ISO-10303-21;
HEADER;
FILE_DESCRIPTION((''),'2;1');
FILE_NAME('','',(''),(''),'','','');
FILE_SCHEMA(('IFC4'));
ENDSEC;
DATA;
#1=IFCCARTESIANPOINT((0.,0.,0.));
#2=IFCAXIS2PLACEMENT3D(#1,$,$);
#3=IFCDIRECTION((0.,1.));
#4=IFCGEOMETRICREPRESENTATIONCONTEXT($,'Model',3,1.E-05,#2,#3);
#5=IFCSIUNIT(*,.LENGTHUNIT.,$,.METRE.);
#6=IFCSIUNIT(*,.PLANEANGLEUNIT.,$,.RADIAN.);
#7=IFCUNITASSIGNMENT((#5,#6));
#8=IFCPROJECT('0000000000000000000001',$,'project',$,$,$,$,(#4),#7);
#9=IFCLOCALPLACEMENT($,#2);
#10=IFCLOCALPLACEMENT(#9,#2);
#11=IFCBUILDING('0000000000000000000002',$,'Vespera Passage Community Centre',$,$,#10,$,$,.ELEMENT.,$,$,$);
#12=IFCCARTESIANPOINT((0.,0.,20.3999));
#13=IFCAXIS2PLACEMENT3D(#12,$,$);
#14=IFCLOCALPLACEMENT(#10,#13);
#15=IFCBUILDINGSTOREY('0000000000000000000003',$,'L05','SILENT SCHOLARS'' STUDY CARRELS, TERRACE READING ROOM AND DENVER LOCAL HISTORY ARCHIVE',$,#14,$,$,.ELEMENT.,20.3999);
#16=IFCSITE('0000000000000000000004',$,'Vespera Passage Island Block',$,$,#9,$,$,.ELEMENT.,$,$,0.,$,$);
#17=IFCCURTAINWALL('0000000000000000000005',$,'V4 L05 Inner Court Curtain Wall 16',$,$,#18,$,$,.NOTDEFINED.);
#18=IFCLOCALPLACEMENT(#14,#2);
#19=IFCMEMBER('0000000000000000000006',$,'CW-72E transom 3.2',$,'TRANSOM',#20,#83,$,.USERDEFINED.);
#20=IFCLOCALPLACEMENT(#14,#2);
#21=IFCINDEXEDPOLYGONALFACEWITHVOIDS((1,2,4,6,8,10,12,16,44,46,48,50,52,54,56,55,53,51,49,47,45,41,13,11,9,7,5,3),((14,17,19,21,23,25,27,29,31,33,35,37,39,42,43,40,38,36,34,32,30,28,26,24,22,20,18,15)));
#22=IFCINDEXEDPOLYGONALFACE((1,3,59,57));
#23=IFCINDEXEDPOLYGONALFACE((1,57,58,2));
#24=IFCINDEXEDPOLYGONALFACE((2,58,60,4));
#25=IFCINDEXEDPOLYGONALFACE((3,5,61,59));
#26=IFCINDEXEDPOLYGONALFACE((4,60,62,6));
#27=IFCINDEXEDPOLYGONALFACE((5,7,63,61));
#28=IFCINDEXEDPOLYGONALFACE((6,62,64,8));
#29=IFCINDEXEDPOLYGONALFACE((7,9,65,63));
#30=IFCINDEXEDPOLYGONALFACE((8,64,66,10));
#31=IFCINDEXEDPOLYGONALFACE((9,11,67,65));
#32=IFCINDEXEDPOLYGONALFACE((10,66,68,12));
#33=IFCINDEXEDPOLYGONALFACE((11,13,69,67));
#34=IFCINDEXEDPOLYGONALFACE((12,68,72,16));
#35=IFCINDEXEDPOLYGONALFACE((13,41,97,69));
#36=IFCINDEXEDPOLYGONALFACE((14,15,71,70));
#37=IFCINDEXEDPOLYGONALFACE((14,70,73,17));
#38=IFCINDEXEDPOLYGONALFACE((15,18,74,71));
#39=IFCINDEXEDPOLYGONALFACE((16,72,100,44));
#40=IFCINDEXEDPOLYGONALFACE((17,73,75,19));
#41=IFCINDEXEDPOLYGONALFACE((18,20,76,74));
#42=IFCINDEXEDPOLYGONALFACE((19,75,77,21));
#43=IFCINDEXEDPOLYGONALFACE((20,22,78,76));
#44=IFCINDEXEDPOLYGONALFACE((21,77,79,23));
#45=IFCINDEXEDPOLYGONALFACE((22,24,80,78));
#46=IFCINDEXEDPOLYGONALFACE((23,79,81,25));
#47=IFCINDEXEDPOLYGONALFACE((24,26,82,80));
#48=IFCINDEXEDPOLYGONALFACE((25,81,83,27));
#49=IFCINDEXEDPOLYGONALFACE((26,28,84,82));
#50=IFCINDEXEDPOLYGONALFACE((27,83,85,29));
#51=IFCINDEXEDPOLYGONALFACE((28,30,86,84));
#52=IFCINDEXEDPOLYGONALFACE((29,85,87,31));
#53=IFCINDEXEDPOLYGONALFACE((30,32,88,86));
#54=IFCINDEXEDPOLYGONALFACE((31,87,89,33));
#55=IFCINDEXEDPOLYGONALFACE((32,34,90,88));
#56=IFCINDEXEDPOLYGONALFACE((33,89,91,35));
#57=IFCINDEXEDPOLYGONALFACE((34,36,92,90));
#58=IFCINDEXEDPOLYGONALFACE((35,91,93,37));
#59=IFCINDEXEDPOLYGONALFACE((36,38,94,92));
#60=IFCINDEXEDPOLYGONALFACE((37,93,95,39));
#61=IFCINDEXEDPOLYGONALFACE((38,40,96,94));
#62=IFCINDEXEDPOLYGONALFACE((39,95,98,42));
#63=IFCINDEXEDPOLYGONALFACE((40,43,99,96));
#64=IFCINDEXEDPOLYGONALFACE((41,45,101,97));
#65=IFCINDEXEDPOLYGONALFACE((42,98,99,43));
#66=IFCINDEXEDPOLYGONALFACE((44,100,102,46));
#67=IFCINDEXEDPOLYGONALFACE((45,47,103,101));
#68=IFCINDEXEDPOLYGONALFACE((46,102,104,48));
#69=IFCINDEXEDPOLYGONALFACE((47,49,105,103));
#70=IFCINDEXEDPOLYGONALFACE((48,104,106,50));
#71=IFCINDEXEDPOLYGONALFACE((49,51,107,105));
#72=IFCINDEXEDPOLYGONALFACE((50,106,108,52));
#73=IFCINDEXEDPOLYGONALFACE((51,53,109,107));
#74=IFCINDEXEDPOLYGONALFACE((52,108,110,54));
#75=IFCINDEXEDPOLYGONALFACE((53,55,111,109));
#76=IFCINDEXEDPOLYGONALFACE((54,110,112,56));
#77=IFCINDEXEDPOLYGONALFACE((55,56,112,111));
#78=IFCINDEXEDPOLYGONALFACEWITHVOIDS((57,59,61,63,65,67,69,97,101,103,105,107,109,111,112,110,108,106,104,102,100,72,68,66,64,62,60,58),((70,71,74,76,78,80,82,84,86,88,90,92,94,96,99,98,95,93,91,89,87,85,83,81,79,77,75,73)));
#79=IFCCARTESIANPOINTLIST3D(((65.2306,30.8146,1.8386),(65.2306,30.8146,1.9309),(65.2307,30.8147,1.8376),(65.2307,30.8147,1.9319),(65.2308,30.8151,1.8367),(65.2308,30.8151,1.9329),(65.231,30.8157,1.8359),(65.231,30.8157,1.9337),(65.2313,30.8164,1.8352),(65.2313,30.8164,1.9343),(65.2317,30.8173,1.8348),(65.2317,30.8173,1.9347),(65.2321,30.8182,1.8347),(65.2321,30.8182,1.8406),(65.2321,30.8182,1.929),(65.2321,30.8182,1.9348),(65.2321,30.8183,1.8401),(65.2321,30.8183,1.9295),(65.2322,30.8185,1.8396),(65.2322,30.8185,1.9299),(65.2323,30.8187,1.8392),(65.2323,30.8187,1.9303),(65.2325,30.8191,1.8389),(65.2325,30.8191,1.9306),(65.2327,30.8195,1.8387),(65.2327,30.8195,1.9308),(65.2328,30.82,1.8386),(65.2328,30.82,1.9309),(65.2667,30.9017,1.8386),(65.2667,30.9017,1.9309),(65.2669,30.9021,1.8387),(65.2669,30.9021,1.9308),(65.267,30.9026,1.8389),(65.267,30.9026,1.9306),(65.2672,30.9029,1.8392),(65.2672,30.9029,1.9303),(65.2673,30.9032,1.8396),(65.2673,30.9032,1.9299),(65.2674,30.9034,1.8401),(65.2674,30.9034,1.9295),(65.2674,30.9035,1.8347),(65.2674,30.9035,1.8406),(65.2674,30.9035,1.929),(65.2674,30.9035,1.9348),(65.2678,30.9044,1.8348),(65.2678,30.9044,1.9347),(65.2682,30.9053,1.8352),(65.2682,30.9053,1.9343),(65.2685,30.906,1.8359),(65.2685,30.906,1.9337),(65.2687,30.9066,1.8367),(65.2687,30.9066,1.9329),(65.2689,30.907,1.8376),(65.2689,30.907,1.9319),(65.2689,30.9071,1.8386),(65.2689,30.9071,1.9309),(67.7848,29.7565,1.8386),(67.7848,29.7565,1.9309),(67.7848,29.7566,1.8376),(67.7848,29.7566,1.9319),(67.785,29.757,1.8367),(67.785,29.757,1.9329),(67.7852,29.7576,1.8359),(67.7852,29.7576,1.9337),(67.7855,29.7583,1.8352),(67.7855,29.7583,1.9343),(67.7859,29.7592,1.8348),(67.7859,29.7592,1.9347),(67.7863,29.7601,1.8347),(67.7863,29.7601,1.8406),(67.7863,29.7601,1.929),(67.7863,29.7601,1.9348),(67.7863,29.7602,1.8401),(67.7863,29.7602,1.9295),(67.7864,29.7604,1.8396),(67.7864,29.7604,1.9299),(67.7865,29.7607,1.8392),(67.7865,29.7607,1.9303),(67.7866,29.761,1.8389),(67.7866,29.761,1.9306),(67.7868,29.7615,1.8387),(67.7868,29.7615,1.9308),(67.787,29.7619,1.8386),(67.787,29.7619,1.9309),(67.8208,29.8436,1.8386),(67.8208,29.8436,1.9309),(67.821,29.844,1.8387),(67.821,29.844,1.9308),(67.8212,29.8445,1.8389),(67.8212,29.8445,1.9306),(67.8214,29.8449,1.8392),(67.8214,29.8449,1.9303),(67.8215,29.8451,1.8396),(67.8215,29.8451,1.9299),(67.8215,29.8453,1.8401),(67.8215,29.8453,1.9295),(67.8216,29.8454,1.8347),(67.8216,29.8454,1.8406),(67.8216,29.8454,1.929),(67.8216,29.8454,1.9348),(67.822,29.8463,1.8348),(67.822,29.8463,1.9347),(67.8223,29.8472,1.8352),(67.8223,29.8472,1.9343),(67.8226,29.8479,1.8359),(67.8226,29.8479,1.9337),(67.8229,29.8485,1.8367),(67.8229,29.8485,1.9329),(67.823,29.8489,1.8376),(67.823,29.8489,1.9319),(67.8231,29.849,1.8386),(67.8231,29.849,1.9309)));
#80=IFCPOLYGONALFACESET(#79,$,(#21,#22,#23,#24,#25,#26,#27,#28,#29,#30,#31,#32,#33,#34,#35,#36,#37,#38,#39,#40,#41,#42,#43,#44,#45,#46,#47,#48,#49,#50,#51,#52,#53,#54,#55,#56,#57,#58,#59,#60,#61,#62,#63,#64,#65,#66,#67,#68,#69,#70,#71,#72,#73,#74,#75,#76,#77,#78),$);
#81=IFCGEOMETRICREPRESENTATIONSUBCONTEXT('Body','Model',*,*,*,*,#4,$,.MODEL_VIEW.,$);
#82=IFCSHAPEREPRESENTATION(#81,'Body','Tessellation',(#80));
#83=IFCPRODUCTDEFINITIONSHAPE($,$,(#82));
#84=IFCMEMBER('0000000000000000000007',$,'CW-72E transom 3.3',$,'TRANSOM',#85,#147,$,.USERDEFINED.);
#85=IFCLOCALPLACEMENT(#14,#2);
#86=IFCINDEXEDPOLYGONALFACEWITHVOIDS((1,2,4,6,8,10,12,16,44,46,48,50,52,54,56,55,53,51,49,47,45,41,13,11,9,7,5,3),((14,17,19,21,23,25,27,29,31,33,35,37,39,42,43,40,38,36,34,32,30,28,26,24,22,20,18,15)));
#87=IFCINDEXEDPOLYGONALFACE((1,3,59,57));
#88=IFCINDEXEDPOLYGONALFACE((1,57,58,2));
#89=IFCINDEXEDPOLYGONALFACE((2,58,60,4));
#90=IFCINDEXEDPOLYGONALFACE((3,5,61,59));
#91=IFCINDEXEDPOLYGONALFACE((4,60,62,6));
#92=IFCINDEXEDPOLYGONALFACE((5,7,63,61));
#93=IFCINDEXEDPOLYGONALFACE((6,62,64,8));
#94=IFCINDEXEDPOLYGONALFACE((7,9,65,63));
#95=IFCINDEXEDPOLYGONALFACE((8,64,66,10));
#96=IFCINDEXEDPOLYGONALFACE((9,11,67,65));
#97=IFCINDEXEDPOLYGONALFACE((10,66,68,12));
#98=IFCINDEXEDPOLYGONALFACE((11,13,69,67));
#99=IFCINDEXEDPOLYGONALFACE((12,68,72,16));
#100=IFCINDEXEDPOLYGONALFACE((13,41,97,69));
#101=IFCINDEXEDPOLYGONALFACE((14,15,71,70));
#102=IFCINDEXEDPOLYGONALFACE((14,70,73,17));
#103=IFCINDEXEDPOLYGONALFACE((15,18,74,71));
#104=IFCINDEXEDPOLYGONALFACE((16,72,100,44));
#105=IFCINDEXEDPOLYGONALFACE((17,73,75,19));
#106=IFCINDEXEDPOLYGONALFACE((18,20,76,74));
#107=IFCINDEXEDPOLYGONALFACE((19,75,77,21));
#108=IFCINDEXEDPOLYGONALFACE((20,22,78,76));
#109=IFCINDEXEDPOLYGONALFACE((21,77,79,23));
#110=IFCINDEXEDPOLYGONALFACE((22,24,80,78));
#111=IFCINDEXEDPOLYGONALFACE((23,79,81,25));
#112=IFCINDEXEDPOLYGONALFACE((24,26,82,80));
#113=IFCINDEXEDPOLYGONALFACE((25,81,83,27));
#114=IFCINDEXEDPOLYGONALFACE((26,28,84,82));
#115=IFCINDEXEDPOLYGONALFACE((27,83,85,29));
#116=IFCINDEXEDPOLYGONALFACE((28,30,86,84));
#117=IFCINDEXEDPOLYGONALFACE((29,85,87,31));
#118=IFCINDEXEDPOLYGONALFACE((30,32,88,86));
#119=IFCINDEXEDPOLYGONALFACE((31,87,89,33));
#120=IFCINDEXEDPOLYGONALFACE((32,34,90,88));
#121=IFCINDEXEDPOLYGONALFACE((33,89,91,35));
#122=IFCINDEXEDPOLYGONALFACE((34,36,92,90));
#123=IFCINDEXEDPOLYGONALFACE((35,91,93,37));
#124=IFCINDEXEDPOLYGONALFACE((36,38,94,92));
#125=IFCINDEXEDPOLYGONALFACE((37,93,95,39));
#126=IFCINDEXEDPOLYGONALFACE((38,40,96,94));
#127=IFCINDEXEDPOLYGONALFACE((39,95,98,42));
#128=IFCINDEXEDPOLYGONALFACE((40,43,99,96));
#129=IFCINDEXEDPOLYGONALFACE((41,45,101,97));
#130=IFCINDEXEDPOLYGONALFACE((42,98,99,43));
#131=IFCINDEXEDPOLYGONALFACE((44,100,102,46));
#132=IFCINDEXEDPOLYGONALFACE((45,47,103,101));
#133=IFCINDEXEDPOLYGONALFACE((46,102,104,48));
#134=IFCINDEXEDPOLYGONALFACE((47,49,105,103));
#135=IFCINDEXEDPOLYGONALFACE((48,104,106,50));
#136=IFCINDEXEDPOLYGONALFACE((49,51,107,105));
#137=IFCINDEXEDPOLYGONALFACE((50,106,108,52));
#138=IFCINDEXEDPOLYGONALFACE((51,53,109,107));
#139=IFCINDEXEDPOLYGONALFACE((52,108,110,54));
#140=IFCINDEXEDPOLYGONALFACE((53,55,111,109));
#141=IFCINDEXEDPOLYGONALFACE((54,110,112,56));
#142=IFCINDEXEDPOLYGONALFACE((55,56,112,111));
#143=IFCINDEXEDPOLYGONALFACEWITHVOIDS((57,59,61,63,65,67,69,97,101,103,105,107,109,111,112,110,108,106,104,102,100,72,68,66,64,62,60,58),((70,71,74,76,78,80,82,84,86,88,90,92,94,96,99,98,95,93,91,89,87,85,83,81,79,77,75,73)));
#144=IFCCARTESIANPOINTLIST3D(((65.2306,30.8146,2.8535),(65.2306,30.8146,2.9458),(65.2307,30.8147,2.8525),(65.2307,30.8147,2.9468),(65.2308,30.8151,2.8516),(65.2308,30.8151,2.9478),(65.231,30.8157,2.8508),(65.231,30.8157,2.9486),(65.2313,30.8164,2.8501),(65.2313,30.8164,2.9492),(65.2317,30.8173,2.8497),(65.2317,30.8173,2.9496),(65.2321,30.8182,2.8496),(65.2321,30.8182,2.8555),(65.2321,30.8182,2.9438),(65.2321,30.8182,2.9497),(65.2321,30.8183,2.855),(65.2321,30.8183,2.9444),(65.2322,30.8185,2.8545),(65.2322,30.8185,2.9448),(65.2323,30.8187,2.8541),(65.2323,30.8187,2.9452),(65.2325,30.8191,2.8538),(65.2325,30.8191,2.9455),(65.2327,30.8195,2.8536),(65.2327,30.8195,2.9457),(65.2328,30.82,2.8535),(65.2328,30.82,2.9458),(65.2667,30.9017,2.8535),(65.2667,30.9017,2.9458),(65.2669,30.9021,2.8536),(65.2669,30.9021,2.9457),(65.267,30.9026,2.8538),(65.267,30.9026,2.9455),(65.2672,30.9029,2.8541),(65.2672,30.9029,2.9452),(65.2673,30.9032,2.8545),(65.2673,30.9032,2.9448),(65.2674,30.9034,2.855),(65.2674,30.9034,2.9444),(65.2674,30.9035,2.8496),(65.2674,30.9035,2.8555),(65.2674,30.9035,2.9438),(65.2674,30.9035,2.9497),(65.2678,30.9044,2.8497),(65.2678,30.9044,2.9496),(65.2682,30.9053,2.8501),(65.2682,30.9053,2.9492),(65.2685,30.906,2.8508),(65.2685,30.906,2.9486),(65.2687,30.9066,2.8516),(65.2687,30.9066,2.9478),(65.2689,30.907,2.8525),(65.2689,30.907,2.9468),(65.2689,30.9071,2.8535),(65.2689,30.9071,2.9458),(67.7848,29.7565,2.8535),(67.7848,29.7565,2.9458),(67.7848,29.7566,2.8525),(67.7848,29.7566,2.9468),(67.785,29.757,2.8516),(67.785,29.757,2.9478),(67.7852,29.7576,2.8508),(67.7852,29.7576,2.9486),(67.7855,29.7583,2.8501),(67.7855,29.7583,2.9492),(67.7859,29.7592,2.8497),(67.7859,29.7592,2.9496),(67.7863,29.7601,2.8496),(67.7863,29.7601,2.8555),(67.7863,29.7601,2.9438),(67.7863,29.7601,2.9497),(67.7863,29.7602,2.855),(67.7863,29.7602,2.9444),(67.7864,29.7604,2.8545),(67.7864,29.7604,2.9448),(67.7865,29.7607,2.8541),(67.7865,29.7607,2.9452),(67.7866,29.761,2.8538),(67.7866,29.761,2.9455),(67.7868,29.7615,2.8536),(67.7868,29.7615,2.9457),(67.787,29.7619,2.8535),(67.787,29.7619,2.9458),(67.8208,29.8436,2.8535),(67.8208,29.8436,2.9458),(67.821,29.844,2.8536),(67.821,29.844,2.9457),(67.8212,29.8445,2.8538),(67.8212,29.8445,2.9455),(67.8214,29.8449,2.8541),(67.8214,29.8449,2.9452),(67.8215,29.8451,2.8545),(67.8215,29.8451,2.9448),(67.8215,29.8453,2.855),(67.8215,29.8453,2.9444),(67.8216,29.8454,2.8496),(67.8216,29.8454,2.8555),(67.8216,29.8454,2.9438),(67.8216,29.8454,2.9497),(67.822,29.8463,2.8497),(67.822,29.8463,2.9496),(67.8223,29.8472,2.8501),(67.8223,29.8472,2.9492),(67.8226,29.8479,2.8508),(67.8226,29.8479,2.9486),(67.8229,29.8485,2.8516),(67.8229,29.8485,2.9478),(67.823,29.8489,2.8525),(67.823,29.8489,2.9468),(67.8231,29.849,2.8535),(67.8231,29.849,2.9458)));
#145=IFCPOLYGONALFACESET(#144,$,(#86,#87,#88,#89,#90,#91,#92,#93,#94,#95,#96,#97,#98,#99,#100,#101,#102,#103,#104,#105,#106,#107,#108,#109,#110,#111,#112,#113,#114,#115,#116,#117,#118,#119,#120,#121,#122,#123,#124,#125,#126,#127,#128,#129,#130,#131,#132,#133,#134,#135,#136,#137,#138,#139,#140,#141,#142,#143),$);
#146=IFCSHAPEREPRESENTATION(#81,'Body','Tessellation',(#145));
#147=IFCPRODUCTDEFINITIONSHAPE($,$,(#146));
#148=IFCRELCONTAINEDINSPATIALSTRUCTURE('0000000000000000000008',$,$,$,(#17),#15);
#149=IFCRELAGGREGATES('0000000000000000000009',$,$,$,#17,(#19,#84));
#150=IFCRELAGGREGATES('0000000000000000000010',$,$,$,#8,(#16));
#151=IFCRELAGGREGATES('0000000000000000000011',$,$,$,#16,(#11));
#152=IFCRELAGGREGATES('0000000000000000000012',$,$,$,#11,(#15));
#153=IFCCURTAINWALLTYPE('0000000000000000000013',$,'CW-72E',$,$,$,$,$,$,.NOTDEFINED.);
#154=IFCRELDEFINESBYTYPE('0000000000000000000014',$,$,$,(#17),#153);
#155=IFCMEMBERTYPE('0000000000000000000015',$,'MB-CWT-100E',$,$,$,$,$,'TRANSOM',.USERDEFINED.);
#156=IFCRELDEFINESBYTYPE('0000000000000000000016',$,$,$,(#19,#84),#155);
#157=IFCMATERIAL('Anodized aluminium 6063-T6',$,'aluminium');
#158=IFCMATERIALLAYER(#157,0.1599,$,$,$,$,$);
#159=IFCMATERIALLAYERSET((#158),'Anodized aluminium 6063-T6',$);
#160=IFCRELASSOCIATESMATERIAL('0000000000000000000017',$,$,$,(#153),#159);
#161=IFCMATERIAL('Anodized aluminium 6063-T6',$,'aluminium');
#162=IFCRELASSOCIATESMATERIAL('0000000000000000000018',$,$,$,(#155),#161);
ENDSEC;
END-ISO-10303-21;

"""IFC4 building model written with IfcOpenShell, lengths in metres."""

from ifc_helpers import new_model, si_unit, direction, frame, origin, origin_2d, place, context, subcontext, project, spatial, hollow_rectangle, extrude, material, layer, layer_set, material_profile, profile_set, type_object, element, aggregate, save


model = new_model("IFC4")

# Units and contexts
model_context = context("Model", 3, precision=1e-05, world=origin(), true_north=direction((0.0, 1.0)))
body_context = subcontext(model_context, "Body", "Model", "MODEL_VIEW")
ifc_project = project(units=[si_unit("LENGTHUNIT", "METRE"), si_unit("PLANEANGLEUNIT", "RADIAN")], contexts=[model_context])

# Site, building, storey
site_placement = place(None, origin())
site = spatial("IfcSite", under=ifc_project, at=site_placement, Name="Vespera Passage Island Block", CompositionType="ELEMENT", RefElevation=0.0)
building_placement = place(site_placement, origin())
building = spatial("IfcBuilding", under=site, at=building_placement, Name="Vespera Passage Community Centre", CompositionType="ELEMENT")
storey_placement = place(building_placement, frame((0.0, 0.0, 20.3999)))
storey = spatial("IfcBuildingStorey", under=building, at=storey_placement, Name="L05", Description="SILENT SCHOLARS' STUDY CARRELS, TERRACE READING ROOM AND DENVER LOCAL HISTORY ARCHIVE", CompositionType="ELEMENT", Elevation=20.3999)

# Curtain wall, members
ifc_material_1 = material(Name="Anodized aluminium 6063-T6", Category="aluminium")
ifc_layer_1 = layer(ifc_material_1, 0.1599)
ifc_layer_set_1 = layer_set([ifc_layer_1], Name="Anodized aluminium 6063-T6")
curtain_wall_type_1 = type_object("IfcCurtainWallType", Name="CW-72E", PredefinedType="NOTDEFINED", material=ifc_layer_set_1)
curtain_wall_1_placement = place(storey_placement, origin())
curtain_wall_1 = element("IfcCurtainWall", 1, at=curtain_wall_1_placement, inside=storey, type_object=curtain_wall_type_1, Name="V4 L05 Inner Court Curtain Wall 16", PredefinedType="NOTDEFINED")
ifc_material_2 = material(Name="Anodized aluminium 6063-T6", Category="aluminium")
ifc_material_profile_1 = material_profile(ifc_material_2, hollow_rectangle(XDim=0.1001, YDim=0.1001, WallThickness=0.0039, InnerFilletRadius=0.002, OuterFilletRadius=0.0039, at=origin_2d()), Name="ALU100X100X4")
ifc_profile_set_1 = profile_set([ifc_material_profile_1], Name="Anodized aluminium 6063-T6")
member_type_1 = type_object("IfcMemberType", Name="MB-CWT-100E", ElementType="TRANSOM", PredefinedType="USERDEFINED", material=ifc_profile_set_1)
member_1_placement = place(storey_placement, frame((65.2498, 30.8608, 1.8848), z_axis=(0.923864, -0.382721, 0.0), x_axis=(0.382721, 0.923864, 0.0)))
member_1 = element("IfcMember", 2, at=member_1_placement, type_object=member_type_1, Name="CW-72E transom 3.2", ObjectType="TRANSOM", PredefinedType="USERDEFINED", context=body_context, shape_type="SweptSolid", body=[
    extrude(hollow_rectangle(XDim=0.1001, YDim=0.1001, WallThickness=0.0039, InnerFilletRadius=0.002, OuterFilletRadius=0.0039, at=origin_2d()), origin(), (0.0, 0.0, 1.0), 2.7646),
])
member_2_placement = place(storey_placement, frame((65.2498, 30.8608, 2.8997), z_axis=(0.923864, -0.382721, 0.0), x_axis=(0.382721, 0.923864, 0.0)))
member_2 = element("IfcMember", 3, at=member_2_placement, type_object=member_type_1, Name="CW-72E transom 3.3", ObjectType="TRANSOM", PredefinedType="USERDEFINED", context=body_context, shape_type="SweptSolid", body=[
    extrude(hollow_rectangle(XDim=0.1001, YDim=0.1001, WallThickness=0.0039, InnerFilletRadius=0.002, OuterFilletRadius=0.0039, at=origin_2d()), origin(), (0.0, 0.0, 1.0), 2.7646),
])

aggregate(curtain_wall_1, [member_1, member_2])

save(model, "model.ifc")
